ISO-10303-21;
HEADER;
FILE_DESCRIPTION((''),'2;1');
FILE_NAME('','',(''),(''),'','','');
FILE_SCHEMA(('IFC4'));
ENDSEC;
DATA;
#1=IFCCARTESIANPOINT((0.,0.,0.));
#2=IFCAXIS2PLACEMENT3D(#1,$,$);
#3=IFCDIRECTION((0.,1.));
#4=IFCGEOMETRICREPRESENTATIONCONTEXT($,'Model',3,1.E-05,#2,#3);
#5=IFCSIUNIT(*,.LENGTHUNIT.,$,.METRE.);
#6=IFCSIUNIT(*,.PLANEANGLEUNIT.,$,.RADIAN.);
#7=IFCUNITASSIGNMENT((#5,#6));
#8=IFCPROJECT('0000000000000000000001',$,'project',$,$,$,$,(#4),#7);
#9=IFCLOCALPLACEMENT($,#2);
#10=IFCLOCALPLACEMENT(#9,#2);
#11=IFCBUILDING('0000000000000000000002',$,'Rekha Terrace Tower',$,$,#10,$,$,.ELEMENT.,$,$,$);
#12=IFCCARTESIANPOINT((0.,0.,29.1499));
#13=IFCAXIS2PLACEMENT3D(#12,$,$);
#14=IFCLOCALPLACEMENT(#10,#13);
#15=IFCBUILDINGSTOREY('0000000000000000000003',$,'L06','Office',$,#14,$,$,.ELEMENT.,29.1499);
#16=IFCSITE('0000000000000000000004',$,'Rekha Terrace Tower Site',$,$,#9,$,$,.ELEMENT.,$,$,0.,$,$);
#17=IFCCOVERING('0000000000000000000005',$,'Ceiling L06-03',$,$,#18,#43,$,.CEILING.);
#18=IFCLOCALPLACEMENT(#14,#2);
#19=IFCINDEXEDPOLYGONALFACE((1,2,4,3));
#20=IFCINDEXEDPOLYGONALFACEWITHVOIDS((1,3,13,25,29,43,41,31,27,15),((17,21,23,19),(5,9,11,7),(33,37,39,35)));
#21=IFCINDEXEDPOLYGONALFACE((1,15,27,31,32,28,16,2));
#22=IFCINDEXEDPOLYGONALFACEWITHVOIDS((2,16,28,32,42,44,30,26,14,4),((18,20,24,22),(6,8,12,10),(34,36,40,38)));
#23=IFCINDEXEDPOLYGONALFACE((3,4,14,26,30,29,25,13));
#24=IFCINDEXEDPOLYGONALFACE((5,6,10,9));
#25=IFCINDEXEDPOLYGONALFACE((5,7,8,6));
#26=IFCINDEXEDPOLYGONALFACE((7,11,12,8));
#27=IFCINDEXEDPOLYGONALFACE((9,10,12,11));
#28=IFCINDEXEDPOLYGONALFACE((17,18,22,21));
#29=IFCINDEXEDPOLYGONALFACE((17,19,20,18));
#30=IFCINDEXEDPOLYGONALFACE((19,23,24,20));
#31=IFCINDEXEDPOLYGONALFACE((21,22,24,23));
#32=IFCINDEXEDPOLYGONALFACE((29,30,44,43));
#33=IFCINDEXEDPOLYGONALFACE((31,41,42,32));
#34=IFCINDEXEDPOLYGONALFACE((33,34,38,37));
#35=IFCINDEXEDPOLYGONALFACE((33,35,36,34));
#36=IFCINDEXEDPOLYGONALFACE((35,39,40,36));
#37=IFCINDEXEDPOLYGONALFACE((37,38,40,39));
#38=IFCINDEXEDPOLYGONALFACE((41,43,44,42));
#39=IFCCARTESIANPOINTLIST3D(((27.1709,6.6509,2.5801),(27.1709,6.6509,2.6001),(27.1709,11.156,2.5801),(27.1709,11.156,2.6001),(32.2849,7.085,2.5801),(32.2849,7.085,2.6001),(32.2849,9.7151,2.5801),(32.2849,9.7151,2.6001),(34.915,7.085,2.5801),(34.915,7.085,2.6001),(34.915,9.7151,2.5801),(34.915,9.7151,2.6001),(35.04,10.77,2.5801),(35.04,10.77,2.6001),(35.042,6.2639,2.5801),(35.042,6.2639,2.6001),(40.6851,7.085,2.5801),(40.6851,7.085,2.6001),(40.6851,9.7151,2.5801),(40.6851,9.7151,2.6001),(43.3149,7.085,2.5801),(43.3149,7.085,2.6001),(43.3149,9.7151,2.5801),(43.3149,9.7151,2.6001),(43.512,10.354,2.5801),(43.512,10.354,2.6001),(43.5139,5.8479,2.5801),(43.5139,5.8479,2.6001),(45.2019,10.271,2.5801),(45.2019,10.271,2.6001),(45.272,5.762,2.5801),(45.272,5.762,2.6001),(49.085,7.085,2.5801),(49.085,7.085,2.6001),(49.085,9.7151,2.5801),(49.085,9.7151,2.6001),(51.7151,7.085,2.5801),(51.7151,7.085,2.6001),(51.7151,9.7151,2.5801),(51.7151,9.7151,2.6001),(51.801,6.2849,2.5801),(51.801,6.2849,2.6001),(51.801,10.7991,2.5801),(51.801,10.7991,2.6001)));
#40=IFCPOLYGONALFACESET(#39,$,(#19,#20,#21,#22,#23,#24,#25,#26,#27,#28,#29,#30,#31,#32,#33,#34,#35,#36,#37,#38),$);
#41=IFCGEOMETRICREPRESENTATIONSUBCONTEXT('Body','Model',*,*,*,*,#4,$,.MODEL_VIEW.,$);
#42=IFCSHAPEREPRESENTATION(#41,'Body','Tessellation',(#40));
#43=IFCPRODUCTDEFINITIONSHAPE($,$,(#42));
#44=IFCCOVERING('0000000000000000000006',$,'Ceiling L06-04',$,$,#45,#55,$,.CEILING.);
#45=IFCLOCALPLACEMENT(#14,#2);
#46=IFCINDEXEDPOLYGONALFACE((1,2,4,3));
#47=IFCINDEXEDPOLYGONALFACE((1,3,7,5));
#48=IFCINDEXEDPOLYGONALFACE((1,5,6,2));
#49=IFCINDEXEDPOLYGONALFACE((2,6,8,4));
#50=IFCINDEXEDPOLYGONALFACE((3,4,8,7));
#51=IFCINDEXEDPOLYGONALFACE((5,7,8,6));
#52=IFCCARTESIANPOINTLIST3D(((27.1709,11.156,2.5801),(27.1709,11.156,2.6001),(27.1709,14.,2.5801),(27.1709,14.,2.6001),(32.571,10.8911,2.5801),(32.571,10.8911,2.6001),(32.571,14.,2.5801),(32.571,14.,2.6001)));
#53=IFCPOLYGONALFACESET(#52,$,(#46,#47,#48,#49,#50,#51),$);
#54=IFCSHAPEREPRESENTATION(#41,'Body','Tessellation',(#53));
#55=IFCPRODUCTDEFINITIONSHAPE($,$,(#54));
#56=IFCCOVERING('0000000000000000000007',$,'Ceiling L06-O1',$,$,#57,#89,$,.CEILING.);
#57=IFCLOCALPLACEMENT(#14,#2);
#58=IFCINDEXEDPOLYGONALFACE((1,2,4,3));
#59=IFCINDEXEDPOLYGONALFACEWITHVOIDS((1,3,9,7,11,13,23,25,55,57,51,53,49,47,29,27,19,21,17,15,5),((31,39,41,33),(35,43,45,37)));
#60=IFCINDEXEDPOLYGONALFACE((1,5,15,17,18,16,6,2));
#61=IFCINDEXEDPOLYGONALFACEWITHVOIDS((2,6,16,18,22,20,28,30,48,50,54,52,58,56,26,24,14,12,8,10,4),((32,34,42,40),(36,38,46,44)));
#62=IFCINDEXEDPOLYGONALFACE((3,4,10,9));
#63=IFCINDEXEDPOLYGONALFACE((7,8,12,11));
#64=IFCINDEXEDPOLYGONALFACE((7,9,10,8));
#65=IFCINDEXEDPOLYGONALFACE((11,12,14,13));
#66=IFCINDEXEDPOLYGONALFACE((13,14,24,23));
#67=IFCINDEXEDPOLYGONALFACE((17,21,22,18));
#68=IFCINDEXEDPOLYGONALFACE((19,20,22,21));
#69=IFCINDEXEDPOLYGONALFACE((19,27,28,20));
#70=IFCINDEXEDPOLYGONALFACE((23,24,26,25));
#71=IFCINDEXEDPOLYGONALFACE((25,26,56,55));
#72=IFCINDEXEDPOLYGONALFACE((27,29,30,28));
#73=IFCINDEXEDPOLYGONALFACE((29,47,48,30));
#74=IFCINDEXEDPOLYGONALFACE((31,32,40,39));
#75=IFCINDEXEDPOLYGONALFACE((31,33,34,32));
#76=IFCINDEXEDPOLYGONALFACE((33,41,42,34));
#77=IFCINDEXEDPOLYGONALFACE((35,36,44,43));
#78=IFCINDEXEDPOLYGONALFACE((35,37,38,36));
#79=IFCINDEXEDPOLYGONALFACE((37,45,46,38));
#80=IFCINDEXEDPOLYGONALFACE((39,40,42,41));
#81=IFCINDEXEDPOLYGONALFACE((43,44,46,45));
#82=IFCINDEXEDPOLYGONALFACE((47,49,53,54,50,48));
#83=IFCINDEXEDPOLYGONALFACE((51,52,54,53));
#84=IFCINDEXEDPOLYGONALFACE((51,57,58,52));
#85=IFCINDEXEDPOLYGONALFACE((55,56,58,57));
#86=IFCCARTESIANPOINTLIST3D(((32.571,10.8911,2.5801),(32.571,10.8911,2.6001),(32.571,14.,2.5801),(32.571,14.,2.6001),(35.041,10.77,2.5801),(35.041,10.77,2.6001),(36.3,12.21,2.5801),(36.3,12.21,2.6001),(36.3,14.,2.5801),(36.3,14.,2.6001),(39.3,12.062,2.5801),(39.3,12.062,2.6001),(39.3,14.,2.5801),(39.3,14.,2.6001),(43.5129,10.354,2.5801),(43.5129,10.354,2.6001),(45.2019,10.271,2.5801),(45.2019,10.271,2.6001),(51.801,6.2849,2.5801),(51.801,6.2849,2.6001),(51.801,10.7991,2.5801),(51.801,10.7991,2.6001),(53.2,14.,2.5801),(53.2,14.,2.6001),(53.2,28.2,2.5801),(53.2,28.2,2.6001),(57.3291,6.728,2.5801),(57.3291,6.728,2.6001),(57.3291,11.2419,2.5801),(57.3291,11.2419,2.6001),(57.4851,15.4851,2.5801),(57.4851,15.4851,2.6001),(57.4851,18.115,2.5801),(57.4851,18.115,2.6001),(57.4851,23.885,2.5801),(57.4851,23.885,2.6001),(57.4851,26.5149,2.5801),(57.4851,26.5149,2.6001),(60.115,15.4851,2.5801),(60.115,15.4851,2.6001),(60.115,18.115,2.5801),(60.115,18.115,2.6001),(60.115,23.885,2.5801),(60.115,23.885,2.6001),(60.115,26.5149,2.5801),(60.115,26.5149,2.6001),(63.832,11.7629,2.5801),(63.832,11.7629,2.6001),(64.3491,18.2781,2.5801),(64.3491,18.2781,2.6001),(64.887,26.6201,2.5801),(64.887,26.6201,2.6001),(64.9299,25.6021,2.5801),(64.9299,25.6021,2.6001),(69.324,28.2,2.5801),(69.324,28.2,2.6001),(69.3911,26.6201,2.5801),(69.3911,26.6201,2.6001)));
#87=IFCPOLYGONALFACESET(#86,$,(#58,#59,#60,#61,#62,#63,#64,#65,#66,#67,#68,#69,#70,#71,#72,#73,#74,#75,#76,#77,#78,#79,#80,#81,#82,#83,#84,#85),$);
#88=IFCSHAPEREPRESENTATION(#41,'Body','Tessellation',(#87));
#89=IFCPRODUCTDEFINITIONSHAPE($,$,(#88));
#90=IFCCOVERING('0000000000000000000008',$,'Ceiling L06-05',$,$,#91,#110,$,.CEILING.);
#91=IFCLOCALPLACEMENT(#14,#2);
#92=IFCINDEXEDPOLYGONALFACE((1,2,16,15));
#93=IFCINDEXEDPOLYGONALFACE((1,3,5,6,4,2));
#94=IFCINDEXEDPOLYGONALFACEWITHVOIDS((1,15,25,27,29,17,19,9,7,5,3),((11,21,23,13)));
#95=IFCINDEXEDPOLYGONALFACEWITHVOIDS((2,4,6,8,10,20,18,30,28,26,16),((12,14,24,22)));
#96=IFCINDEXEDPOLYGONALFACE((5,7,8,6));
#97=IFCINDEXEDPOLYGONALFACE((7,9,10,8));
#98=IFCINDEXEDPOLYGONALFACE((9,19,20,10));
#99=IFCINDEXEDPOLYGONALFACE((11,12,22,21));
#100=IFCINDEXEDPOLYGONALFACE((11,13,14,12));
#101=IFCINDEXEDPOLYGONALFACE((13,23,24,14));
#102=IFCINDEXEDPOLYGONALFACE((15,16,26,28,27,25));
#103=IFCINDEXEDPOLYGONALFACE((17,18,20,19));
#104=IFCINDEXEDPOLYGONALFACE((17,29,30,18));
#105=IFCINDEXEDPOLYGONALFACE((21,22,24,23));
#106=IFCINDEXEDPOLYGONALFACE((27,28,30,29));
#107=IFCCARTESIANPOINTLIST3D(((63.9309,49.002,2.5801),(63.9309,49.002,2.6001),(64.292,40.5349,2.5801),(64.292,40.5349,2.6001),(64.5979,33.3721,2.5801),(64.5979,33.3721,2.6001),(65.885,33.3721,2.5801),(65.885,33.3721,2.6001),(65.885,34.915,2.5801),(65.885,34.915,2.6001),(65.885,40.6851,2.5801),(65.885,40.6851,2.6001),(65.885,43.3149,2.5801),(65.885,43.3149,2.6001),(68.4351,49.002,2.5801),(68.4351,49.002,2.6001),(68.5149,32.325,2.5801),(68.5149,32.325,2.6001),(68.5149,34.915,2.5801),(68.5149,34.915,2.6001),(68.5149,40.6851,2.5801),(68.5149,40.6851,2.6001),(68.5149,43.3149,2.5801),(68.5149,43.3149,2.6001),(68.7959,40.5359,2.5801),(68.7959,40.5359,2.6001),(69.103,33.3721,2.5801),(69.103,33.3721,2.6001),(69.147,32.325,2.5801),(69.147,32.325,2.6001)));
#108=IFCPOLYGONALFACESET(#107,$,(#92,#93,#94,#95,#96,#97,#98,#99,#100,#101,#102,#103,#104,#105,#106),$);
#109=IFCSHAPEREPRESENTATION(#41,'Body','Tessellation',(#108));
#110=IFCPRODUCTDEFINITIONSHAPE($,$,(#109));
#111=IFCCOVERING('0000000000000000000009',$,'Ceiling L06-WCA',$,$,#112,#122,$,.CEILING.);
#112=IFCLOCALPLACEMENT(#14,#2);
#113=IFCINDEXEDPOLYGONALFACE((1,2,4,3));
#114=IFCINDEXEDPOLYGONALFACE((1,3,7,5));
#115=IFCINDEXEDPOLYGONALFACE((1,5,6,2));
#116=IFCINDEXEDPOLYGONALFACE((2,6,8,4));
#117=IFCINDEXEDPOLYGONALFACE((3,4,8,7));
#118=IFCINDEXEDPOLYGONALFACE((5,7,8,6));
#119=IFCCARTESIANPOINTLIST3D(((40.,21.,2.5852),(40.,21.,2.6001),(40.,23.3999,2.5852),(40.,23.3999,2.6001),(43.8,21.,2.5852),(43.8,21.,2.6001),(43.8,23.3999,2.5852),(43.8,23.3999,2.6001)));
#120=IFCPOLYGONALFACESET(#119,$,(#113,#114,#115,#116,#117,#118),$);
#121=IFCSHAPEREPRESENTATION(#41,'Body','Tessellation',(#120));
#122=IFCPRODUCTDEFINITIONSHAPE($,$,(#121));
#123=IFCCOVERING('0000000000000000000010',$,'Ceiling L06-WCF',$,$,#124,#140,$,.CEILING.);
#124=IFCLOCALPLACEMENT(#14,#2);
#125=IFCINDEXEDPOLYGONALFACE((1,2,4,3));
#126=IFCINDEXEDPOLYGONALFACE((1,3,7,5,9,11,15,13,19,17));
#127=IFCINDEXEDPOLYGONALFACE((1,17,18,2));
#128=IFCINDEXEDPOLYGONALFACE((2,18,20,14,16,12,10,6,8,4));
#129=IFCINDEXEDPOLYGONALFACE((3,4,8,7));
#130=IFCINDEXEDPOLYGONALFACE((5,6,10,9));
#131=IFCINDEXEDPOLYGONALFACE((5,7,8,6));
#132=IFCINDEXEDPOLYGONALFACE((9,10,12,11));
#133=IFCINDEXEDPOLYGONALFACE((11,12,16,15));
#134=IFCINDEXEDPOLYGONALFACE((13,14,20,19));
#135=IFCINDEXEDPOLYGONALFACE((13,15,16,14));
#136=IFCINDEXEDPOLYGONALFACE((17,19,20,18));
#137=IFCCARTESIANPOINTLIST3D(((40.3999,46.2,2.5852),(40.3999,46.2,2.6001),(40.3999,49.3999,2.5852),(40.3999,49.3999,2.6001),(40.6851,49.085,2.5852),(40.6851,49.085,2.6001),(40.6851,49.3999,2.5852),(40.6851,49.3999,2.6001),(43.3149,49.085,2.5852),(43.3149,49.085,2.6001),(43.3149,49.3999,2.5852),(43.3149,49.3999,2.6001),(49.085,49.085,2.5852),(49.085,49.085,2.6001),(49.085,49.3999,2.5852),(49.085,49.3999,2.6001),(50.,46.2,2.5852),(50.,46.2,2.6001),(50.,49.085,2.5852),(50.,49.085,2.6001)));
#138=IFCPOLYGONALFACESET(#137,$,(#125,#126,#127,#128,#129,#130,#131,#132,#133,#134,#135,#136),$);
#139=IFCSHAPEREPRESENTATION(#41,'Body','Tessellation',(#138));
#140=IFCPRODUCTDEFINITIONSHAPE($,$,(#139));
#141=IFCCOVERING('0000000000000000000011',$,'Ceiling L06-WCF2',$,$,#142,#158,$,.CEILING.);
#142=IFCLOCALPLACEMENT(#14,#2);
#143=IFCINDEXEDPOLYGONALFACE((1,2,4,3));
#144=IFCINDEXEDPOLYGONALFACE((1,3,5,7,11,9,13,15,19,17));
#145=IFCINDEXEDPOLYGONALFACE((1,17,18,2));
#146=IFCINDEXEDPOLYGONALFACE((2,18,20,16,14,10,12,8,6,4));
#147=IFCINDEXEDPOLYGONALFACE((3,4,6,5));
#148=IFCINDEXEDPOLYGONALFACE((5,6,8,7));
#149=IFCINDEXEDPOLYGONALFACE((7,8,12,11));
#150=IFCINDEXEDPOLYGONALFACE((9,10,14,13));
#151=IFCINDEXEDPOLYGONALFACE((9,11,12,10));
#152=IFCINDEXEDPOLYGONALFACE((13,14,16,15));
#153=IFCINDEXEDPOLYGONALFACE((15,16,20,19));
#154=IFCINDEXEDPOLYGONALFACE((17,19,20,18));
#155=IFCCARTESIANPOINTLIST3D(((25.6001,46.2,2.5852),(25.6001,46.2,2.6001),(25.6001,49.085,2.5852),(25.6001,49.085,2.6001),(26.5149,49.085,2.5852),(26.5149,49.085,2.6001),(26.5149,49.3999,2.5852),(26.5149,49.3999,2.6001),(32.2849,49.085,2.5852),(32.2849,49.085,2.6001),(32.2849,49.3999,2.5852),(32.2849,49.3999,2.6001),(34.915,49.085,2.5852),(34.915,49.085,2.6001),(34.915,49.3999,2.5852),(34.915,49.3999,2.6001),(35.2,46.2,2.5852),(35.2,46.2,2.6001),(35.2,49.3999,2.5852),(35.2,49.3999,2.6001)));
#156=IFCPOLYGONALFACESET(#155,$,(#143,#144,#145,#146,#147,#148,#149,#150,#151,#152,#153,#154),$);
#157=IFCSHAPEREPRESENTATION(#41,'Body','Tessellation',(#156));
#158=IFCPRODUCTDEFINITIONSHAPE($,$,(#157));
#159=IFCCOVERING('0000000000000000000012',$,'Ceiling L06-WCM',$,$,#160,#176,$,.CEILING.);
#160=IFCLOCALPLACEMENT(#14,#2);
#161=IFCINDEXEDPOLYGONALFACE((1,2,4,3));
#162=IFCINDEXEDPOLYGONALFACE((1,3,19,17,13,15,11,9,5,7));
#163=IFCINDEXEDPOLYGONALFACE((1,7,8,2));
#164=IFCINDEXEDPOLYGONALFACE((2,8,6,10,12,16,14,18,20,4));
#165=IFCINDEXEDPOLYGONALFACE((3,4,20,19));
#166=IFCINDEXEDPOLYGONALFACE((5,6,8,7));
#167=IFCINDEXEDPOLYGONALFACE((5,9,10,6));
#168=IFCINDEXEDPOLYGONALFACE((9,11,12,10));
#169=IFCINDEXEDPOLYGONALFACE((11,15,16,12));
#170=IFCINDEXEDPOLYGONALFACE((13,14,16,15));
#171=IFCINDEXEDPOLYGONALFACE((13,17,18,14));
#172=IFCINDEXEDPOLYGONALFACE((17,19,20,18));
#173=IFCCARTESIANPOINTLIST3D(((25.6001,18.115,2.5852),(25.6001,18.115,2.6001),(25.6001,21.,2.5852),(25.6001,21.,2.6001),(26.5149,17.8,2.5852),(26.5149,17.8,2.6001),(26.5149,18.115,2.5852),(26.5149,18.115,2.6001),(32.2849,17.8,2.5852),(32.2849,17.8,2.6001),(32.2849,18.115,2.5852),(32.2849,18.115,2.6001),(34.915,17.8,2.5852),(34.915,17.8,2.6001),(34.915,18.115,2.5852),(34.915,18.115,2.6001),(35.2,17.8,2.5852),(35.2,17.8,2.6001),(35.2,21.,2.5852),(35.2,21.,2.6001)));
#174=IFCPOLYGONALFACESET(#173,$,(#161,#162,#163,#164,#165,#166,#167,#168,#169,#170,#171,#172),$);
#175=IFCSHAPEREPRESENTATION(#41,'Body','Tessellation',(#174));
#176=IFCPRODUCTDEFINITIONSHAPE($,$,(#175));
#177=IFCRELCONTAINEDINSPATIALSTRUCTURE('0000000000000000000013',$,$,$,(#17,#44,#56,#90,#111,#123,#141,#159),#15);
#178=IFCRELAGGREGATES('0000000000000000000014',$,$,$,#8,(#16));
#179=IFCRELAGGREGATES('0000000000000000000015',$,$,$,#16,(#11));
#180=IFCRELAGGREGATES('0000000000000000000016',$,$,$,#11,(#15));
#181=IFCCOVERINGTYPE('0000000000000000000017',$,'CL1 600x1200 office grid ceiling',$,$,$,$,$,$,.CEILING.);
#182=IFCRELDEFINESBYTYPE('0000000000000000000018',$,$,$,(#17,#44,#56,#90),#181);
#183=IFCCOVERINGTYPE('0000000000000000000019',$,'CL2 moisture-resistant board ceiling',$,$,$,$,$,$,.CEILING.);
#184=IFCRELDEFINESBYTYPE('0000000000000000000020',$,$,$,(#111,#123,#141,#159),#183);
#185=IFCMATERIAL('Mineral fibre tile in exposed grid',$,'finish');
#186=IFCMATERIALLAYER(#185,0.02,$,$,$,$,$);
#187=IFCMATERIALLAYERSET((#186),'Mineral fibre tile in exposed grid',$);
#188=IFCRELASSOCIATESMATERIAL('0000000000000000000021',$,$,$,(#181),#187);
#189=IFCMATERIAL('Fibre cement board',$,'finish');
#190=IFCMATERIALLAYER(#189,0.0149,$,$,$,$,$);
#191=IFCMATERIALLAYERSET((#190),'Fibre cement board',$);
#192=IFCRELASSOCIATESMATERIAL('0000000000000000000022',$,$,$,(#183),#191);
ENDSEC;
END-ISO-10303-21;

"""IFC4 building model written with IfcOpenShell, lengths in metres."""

from ifc_helpers import new_model, si_unit, direction, frame, origin, place, context, subcontext, project, spatial, polyline, outline, extrude, material, layer, layer_set, type_object, element, save


model = new_model("IFC4")

# Units and contexts
model_context = context("Model", 3, precision=1e-05, world=origin(), true_north=direction((0.0, 1.0)))
body_context = subcontext(model_context, "Body", "Model", "MODEL_VIEW")
ifc_project = project(units=[si_unit("LENGTHUNIT", "METRE"), si_unit("PLANEANGLEUNIT", "RADIAN")], contexts=[model_context])

# Site, building, storey
site_placement = place(None, origin())
site = spatial("IfcSite", under=ifc_project, at=site_placement, Name="Rekha Terrace Tower Site", CompositionType="ELEMENT", RefElevation=0.0)
building_placement = place(site_placement, origin())
building = spatial("IfcBuilding", under=site, at=building_placement, Name="Rekha Terrace Tower", CompositionType="ELEMENT")
storey_placement = place(building_placement, frame((0.0, 0.0, 29.1499)))
storey = spatial("IfcBuildingStorey", under=building, at=storey_placement, Name="L06", Description="Office", CompositionType="ELEMENT", Elevation=29.1499)

# Coverings
ifc_material_1 = material(Name="Mineral fibre tile in exposed grid", Category="finish")
ifc_layer_1 = layer(ifc_material_1, 0.02)
ifc_layer_set_1 = layer_set([ifc_layer_1], Name="Mineral fibre tile in exposed grid")
covering_type_1 = type_object("IfcCoveringType", Name="CL1 600x1200 office grid ceiling", PredefinedType="CEILING", material=ifc_layer_set_1)
covering_1_placement = place(storey_placement, frame((0.0, 0.0, 2.5801)))
element("IfcCovering", 1, at=covering_1_placement, inside=storey, type_object=covering_type_1, Name="Ceiling L06-03", PredefinedType="CEILING", context=body_context, shape_type="SweptSolid", body=[
    extrude(outline(polyline([(43.512, 10.354), (35.04, 10.77), (27.1709, 11.156), (27.1709, 6.6509), (35.042, 6.2639), (43.5139, 5.8479), (45.272, 5.762), (51.801, 6.2849), (51.801, 10.7991), (45.2019, 10.271), (43.512, 10.354)]), holes=[polyline([(51.7151, 7.085), (49.085, 7.085), (49.085, 9.7151), (51.7151, 9.7151), (51.7151, 7.085)]), polyline([(43.3149, 7.085), (40.6851, 7.085), (40.6851, 9.7151), (43.3149, 9.7151), (43.3149, 7.085)]), polyline([(34.915, 7.085), (32.2849, 7.085), (32.2849, 9.7151), (34.915, 9.7151), (34.915, 7.085)])]), origin(), (0.0, 0.0, 1.0), 0.02),
])
covering_2_placement = place(storey_placement, frame((0.0, 0.0, 2.5801)))
element("IfcCovering", 2, at=covering_2_placement, inside=storey, type_object=covering_type_1, Name="Ceiling L06-04", PredefinedType="CEILING", context=body_context, shape_type="SweptSolid", body=[
    extrude(outline(polyline([(32.571, 10.8911), (32.571, 14.0), (27.1709, 14.0), (27.1709, 11.156), (32.571, 10.8911)])), origin(), (0.0, 0.0, 1.0), 0.02),
])
covering_3_placement = place(storey_placement, frame((0.0, 0.0, 2.5801)))
element("IfcCovering", 3, at=covering_3_placement, inside=storey, type_object=covering_type_1, Name="Ceiling L06-O1", PredefinedType="CEILING", context=body_context, shape_type="SweptSolid", body=[
    extrude(outline(polyline([(32.571, 10.8911), (35.041, 10.77), (43.5129, 10.354), (45.2019, 10.271), (51.801, 10.7991), (51.801, 6.2849), (57.3291, 6.728), (57.3291, 11.2419), (63.832, 11.7629), (64.3491, 18.2781), (64.9299, 25.6021), (64.887, 26.6201), (69.3911, 26.6201), (69.324, 28.2), (53.2, 28.2), (53.2, 14.0), (39.3, 14.0), (39.3, 12.062), (36.3, 12.21), (36.3, 14.0), (32.571, 14.0), (32.571, 10.8911)]), holes=[polyline([(60.115, 18.115), (60.115, 15.4851), (57.4851, 15.4851), (57.4851, 18.115), (60.115, 18.115)]), polyline([(60.115, 23.885), (57.4851, 23.885), (57.4851, 26.5149), (60.115, 26.5149), (60.115, 23.885)])]), origin(), (0.0, 0.0, 1.0), 0.02),
])
covering_4_placement = place(storey_placement, frame((0.0, 0.0, 2.5801)))
element("IfcCovering", 4, at=covering_4_placement, inside=storey, type_object=covering_type_1, Name="Ceiling L06-05", PredefinedType="CEILING", context=body_context, shape_type="SweptSolid", body=[
    extrude(outline(polyline([(68.7959, 40.5359), (68.4351, 49.002), (63.9309, 49.002), (64.292, 40.5349), (64.5979, 33.3721), (65.885, 33.3721), (65.885, 34.915), (68.5149, 34.915), (68.5149, 32.325), (69.147, 32.325), (69.103, 33.3721), (68.7959, 40.5359)]), holes=[polyline([(68.5149, 40.6851), (65.885, 40.6851), (65.885, 43.3149), (68.5149, 43.3149), (68.5149, 40.6851)])]), origin(), (0.0, 0.0, 1.0), 0.02),
])
ifc_material_2 = material(Name="Fibre cement board", Category="finish")
ifc_layer_2 = layer(ifc_material_2, 0.0149)
ifc_layer_set_2 = layer_set([ifc_layer_2], Name="Fibre cement board")
covering_type_2 = type_object("IfcCoveringType", Name="CL2 moisture-resistant board ceiling", PredefinedType="CEILING", material=ifc_layer_set_2)
covering_5_placement = place(storey_placement, frame((0.0, 0.0, 2.5852)))
element("IfcCovering", 5, at=covering_5_placement, inside=storey, type_object=covering_type_2, Name="Ceiling L06-WCA", PredefinedType="CEILING", context=body_context, shape_type="SweptSolid", body=[
    extrude(outline(polyline([(43.8, 23.3999), (40.0, 23.3999), (40.0, 21.0), (43.8, 21.0), (43.8, 23.3999)])), origin(), (0.0, 0.0, 1.0), 0.0149),
])
covering_6_placement = place(storey_placement, frame((0.0, 0.0, 2.5852)))
element("IfcCovering", 6, at=covering_6_placement, inside=storey, type_object=covering_type_2, Name="Ceiling L06-WCF", PredefinedType="CEILING", context=body_context, shape_type="SweptSolid", body=[
    extrude(outline(polyline([(40.6851, 49.3999), (40.3999, 49.3999), (40.3999, 46.2), (50.0, 46.2), (50.0, 49.085), (49.085, 49.085), (49.085, 49.3999), (43.3149, 49.3999), (43.3149, 49.085), (40.6851, 49.085), (40.6851, 49.3999)])), origin(), (0.0, 0.0, 1.0), 0.0149),
])
covering_7_placement = place(storey_placement, frame((0.0, 0.0, 2.5852)))
element("IfcCovering", 7, at=covering_7_placement, inside=storey, type_object=covering_type_2, Name="Ceiling L06-WCF2", PredefinedType="CEILING", context=body_context, shape_type="SweptSolid", body=[
    extrude(outline(polyline([(26.5149, 49.085), (25.6001, 49.085), (25.6001, 46.2), (35.2, 46.2), (35.2, 49.3999), (34.915, 49.3999), (34.915, 49.085), (32.2849, 49.085), (32.2849, 49.3999), (26.5149, 49.3999), (26.5149, 49.085)])), origin(), (0.0, 0.0, 1.0), 0.0149),
])
covering_8_placement = place(storey_placement, frame((0.0, 0.0, 2.5852)))
element("IfcCovering", 8, at=covering_8_placement, inside=storey, type_object=covering_type_2, Name="Ceiling L06-WCM", PredefinedType="CEILING", context=body_context, shape_type="SweptSolid", body=[
    extrude(outline(polyline([(35.2, 21.0), (25.6001, 21.0), (25.6001, 18.115), (26.5149, 18.115), (26.5149, 17.8), (32.2849, 17.8), (32.2849, 18.115), (34.915, 18.115), (34.915, 17.8), (35.2, 17.8), (35.2, 21.0)])), origin(), (0.0, 0.0, 1.0), 0.0149),
])

save(model, "model.ifc")
